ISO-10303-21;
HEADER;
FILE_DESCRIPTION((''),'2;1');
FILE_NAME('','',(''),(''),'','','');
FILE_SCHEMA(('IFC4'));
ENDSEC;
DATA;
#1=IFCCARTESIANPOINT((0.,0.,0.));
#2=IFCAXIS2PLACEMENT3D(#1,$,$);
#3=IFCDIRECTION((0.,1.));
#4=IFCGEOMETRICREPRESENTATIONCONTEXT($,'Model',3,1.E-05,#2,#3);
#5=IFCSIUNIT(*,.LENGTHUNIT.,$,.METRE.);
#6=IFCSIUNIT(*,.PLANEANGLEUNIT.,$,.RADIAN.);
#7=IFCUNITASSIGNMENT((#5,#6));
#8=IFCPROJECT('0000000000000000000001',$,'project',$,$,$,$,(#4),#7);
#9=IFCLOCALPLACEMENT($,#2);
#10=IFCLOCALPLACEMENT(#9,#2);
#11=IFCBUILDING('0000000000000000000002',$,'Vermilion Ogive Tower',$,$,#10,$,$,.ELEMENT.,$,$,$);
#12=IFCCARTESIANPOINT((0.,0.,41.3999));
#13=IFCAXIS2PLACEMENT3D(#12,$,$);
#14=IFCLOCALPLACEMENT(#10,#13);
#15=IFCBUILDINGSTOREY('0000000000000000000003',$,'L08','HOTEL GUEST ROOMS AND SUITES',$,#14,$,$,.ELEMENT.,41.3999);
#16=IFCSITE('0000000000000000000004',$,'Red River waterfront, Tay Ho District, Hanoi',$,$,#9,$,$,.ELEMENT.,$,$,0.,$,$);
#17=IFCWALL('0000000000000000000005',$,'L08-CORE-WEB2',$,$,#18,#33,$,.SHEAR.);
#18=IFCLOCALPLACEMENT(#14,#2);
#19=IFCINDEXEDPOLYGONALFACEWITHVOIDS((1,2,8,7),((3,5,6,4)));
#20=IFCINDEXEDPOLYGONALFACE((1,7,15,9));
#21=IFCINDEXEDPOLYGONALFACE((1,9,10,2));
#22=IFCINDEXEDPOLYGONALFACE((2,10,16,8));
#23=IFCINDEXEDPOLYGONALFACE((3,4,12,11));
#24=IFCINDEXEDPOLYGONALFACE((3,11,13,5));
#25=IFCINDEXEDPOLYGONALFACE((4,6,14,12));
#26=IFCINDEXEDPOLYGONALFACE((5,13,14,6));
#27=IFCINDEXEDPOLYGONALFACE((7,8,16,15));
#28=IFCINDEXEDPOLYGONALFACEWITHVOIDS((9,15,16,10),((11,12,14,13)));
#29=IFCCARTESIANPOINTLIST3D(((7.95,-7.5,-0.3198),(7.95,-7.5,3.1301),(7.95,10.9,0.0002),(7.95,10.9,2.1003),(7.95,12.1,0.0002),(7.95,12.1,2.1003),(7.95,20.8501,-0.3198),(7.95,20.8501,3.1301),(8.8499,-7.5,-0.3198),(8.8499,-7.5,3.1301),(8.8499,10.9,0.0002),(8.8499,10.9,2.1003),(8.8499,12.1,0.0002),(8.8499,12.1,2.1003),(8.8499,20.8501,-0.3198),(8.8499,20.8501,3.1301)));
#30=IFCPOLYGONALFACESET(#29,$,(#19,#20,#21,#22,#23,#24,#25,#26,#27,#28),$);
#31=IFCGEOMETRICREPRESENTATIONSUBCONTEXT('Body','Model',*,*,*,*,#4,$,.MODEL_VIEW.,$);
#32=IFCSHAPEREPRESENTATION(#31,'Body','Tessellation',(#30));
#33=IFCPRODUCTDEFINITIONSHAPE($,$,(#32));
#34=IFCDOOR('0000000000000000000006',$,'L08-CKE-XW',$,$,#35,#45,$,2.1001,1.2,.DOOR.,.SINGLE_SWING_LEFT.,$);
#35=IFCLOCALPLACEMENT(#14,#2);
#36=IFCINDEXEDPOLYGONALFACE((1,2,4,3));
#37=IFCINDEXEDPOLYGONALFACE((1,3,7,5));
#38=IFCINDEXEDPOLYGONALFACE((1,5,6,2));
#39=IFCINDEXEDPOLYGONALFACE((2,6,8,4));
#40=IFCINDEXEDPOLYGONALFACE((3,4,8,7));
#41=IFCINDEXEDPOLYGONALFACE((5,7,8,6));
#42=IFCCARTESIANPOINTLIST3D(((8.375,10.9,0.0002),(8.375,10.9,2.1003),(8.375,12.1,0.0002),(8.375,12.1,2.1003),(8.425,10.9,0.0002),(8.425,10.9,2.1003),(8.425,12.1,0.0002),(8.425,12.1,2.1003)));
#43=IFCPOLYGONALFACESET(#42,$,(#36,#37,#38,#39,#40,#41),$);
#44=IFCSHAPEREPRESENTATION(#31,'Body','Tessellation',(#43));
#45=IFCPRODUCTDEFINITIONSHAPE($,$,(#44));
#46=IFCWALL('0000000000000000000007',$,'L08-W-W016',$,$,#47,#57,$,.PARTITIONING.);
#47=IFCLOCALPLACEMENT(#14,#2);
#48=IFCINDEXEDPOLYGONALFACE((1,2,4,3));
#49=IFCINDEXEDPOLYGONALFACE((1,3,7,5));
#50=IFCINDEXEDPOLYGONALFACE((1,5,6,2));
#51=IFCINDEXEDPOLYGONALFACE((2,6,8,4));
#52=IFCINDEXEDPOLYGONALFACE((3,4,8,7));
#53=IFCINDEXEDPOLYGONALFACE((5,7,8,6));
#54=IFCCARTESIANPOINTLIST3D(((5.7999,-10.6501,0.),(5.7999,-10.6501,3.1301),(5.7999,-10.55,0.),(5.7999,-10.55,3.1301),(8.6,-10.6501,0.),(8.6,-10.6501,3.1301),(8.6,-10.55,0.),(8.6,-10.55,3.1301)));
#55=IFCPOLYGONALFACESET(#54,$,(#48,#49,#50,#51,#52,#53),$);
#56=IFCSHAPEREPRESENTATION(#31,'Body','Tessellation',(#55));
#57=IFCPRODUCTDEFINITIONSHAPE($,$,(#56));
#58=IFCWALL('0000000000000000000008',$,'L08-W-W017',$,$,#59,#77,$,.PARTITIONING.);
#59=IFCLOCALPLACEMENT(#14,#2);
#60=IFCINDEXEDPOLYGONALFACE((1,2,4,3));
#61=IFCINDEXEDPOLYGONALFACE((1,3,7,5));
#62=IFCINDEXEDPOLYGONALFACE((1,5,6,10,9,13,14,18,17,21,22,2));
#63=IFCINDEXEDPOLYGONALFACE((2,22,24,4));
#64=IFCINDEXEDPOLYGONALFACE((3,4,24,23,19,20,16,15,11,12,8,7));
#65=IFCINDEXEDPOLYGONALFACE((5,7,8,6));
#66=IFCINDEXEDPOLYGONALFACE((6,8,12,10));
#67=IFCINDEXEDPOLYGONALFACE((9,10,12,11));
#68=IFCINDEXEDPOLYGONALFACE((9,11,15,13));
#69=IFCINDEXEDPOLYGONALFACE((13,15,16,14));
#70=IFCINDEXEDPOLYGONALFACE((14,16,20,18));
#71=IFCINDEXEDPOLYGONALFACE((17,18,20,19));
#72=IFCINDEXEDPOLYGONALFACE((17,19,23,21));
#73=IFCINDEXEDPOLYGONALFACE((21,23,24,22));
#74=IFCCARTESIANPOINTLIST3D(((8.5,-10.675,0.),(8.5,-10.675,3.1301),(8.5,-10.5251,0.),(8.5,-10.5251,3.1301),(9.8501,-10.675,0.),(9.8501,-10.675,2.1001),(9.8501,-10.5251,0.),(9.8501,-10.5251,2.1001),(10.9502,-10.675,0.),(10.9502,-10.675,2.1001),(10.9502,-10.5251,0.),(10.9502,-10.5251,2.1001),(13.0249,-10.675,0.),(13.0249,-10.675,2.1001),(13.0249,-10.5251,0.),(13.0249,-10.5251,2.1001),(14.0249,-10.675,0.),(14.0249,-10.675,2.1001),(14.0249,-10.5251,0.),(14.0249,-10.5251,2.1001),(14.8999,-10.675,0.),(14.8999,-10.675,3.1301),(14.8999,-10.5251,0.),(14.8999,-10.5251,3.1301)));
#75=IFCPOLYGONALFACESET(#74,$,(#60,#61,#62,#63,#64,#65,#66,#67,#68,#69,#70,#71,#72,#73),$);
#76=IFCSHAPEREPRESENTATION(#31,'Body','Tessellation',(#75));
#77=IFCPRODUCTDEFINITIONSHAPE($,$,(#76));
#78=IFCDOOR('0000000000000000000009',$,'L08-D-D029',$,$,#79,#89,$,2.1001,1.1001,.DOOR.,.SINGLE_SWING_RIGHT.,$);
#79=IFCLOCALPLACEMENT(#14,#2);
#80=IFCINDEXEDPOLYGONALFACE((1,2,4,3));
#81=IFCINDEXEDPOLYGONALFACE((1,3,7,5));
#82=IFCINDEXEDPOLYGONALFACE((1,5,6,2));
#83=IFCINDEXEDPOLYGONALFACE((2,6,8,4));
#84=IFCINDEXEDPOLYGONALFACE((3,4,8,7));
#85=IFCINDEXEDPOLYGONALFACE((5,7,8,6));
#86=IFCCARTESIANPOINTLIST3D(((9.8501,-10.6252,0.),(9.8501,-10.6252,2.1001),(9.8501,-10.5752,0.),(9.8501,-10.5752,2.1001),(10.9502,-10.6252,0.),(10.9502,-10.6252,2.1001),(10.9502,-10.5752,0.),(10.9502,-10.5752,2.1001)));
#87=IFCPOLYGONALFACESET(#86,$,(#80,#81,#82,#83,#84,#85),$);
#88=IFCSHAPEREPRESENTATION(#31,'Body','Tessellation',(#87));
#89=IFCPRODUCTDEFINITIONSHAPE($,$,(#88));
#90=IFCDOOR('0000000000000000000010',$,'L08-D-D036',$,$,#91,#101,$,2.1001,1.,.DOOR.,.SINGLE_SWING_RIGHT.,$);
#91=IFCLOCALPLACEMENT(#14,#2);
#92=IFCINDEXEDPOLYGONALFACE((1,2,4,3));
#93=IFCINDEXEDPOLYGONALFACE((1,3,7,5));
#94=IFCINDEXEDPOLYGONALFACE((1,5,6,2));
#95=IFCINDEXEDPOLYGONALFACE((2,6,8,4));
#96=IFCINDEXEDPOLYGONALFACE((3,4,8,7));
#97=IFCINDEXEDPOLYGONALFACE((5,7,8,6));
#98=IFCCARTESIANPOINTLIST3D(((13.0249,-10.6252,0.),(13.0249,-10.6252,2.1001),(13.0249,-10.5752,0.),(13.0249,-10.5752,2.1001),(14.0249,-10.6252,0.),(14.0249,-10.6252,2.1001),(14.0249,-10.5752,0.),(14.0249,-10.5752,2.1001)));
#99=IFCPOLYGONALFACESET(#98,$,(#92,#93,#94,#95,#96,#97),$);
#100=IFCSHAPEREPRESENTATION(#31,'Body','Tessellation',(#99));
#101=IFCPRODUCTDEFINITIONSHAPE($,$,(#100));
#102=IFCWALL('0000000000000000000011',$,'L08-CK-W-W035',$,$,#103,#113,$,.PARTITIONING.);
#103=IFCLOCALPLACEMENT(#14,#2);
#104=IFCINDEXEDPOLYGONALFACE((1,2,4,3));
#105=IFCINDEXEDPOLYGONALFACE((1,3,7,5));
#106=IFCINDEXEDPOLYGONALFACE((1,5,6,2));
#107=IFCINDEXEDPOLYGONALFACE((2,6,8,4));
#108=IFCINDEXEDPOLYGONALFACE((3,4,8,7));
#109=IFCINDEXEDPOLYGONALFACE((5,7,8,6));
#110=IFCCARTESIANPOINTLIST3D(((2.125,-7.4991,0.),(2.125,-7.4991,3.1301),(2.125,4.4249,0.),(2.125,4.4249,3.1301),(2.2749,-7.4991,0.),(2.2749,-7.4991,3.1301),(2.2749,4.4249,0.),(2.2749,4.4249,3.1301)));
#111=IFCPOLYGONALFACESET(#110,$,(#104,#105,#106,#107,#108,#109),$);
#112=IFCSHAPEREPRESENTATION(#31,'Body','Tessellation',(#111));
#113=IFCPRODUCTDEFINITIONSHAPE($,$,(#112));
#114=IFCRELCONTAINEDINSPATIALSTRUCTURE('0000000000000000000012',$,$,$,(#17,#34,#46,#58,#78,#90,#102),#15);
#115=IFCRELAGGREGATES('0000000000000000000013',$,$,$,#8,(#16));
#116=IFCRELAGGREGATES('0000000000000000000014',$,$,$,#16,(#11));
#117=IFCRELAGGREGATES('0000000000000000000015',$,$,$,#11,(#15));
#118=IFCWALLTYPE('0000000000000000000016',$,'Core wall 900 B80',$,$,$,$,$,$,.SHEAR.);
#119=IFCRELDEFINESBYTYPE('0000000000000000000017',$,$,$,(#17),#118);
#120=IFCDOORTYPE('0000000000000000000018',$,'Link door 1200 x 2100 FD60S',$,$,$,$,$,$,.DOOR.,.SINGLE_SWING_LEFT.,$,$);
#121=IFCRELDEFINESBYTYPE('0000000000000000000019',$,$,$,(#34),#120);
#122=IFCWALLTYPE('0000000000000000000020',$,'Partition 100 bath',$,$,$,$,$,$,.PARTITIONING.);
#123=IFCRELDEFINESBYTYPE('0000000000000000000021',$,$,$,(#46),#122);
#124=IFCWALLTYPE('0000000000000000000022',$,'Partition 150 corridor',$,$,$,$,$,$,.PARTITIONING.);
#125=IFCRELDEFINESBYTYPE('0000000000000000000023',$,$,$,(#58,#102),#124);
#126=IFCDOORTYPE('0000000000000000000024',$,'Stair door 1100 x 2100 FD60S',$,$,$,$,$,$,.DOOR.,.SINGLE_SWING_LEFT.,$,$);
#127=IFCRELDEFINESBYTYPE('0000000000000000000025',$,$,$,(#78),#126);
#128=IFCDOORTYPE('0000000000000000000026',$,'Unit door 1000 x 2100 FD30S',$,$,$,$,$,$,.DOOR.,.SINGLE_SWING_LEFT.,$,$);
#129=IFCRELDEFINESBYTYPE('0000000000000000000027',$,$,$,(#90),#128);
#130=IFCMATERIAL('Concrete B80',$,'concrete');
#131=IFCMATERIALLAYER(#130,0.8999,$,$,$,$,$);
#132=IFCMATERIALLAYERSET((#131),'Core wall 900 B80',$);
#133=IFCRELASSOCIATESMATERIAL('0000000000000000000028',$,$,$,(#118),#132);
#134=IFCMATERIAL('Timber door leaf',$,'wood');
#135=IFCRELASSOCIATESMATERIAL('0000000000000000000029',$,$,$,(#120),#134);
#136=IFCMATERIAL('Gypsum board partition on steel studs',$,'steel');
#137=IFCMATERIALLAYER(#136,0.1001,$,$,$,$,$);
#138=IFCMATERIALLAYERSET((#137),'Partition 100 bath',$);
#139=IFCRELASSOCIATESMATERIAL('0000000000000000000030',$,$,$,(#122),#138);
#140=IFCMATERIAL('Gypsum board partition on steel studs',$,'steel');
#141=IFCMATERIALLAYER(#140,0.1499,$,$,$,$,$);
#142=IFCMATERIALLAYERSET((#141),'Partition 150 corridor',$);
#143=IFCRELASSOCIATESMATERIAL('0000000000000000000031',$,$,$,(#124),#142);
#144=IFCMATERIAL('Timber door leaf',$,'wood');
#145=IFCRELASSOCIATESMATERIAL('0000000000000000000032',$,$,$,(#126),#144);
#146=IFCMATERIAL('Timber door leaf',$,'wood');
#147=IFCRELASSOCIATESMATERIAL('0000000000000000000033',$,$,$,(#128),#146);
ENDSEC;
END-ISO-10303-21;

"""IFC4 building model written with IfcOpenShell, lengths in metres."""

from ifc_helpers import new_model, si_unit, direction, frame, frame_2d, origin, place, context, subcontext, project, spatial, rectangle, extrude, material, layer, layer_set, type_object, element, fill, save


model = new_model("IFC4")

# Units and contexts
model_context = context("Model", 3, precision=1e-05, world=origin(), true_north=direction((0.0, 1.0)))
body_context = subcontext(model_context, "Body", "Model", "MODEL_VIEW")
ifc_project = project(units=[si_unit("LENGTHUNIT", "METRE"), si_unit("PLANEANGLEUNIT", "RADIAN")], contexts=[model_context])

# Site, building, storey
site_placement = place(None, origin())
site = spatial("IfcSite", under=ifc_project, at=site_placement, Name="Red River waterfront, Tay Ho District, Hanoi", CompositionType="ELEMENT", RefElevation=0.0)
building_placement = place(site_placement, origin())
building = spatial("IfcBuilding", under=site, at=building_placement, Name="Vermilion Ogive Tower", CompositionType="ELEMENT")
storey_placement = place(building_placement, frame((0.0, 0.0, 41.3999)))
storey = spatial("IfcBuildingStorey", under=building, at=storey_placement, Name="L08", Description="HOTEL GUEST ROOMS AND SUITES", CompositionType="ELEMENT", Elevation=41.3999)

# Shared definitions
ifc_material_1 = material(Name="Concrete B80", Category="concrete")
ifc_layer_1 = layer(ifc_material_1, 0.8999)
ifc_layer_set_1 = layer_set([ifc_layer_1], Name="Core wall 900 B80")
wall_type_1 = type_object("IfcWallType", Name="Core wall 900 B80", PredefinedType="SHEAR", material=ifc_layer_set_1)
ifc_material_2 = material(Name="Timber door leaf", Category="wood")
door_type_1 = type_object("IfcDoorType", Name="Link door 1200 x 2100 FD60S", OperationType="SINGLE_SWING_LEFT", PredefinedType="DOOR", material=ifc_material_2)

# Wall, opening, door
wall_1_placement = place(storey_placement, frame((8.3999, -7.5, -0.3198), z_axis=(0.0, 0.0, 1.0), x_axis=(0.0, 1.0, 0.0)))
wall_1 = element("IfcWall", 1, at=wall_1_placement, inside=storey, type_object=wall_type_1, Name="L08-CORE-WEB2", PredefinedType="SHEAR", context=body_context, shape_type="SweptSolid", body=[
    extrude(rectangle(XDim=28.3501, YDim=0.8999, at=frame_2d((14.175, 0.0))), origin(), (0.0, 0.0, 1.0), 3.45),
])
opening_1_placement = place(wall_1_placement, frame((18.3999, 0.0, 0.3201)))
opening_1 = element("IfcOpeningElement", 2, at=opening_1_placement, cuts=wall_1, PredefinedType="OPENING", context=body_context, shape_type="SweptSolid", body=[
    extrude(rectangle(XDim=1.2, YDim=2.1001, at=frame_2d((0.6001, 1.05))), frame((0.0, 0.46, 0.0), z_axis=(0.0, -1.0, 0.0), x_axis=(1.0, 0.0, 0.0)), (0.0, 0.0, 1.0), 0.9199),
])
door_1_placement = place(opening_1_placement, origin())
door_1 = element("IfcDoor", 3, at=door_1_placement, inside=storey, type_object=door_type_1, Name="L08-CKE-XW", OperationType="SINGLE_SWING_LEFT", OverallHeight=2.1001, OverallWidth=1.2, PredefinedType="DOOR", context=body_context, shape_type="SweptSolid", body=[
    extrude(rectangle(XDim=1.2, YDim=2.1001, at=frame_2d((0.6001, 1.05))), frame((0.0, 0.0249, 0.0), z_axis=(0.0, -1.0, 0.0), x_axis=(1.0, 0.0, 0.0)), (0.0, 0.0, 1.0), 0.05),
])
fill(opening_1, door_1)

# Wall
ifc_material_3 = material(Name="Gypsum board partition on steel studs", Category="steel")
ifc_layer_2 = layer(ifc_material_3, 0.1001)
ifc_layer_set_2 = layer_set([ifc_layer_2], Name="Partition 100 bath")
wall_type_2 = type_object("IfcWallType", Name="Partition 100 bath", PredefinedType="PARTITIONING", material=ifc_layer_set_2)
wall_2_placement = place(storey_placement, frame((5.8, -10.6001, 0.0), z_axis=(0.0, 0.0, 1.0), x_axis=(1.0, 0.0, 0.0)))
element("IfcWall", 4, at=wall_2_placement, inside=storey, type_object=wall_type_2, Name="L08-W-W016", PredefinedType="PARTITIONING", context=body_context, shape_type="SweptSolid", body=[
    extrude(rectangle(XDim=2.8, YDim=0.1001, at=frame_2d((1.3999, 0.0))), origin(), (0.0, 0.0, 1.0), 3.1301),
])

# Wall, openings, doors
ifc_material_4 = material(Name="Gypsum board partition on steel studs", Category="steel")
ifc_layer_3 = layer(ifc_material_4, 0.1499)
ifc_layer_set_3 = layer_set([ifc_layer_3], Name="Partition 150 corridor")
wall_type_3 = type_object("IfcWallType", Name="Partition 150 corridor", PredefinedType="PARTITIONING", material=ifc_layer_set_3)
wall_3_placement = place(storey_placement, frame((8.5, -10.6001, 0.0), z_axis=(0.0, 0.0, 1.0), x_axis=(1.0, 0.0, 0.0)))
wall_3 = element("IfcWall", 5, at=wall_3_placement, inside=storey, type_object=wall_type_3, Name="L08-W-W017", PredefinedType="PARTITIONING", context=body_context, shape_type="SweptSolid", body=[
    extrude(rectangle(XDim=6.3999, YDim=0.1499, at=frame_2d((3.2, 0.0))), origin(), (0.0, 0.0, 1.0), 3.1301),
])
opening_2_placement = place(wall_3_placement, frame((1.3501, 0.0, 0.0)))
opening_2 = element("IfcOpeningElement", 6, at=opening_2_placement, cuts=wall_3, PredefinedType="OPENING", context=body_context, shape_type="SweptSolid", body=[
    extrude(rectangle(XDim=1.1001, YDim=2.1001, at=frame_2d((0.55, 1.05))), frame((0.0, 0.085, 0.0), z_axis=(0.0, -1.0, 0.0), x_axis=(1.0, 0.0, 0.0)), (0.0, 0.0, 1.0), 0.1699),
])
opening_3_placement = place(wall_3_placement, frame((4.5249, 0.0, 0.0)))
opening_3 = element("IfcOpeningElement", 7, at=opening_3_placement, cuts=wall_3, PredefinedType="OPENING", context=body_context, shape_type="SweptSolid", body=[
    extrude(rectangle(XDim=1.0, YDim=2.1001, at=frame_2d((0.5, 1.05))), frame((0.0, 0.085, 0.0), z_axis=(0.0, -1.0, 0.0), x_axis=(1.0, 0.0, 0.0)), (0.0, 0.0, 1.0), 0.1699),
])
ifc_material_5 = material(Name="Timber door leaf", Category="wood")
door_type_2 = type_object("IfcDoorType", Name="Stair door 1100 x 2100 FD60S", OperationType="SINGLE_SWING_LEFT", PredefinedType="DOOR", material=ifc_material_5)
door_2_placement = place(opening_2_placement, origin())
door_2 = element("IfcDoor", 8, at=door_2_placement, inside=storey, type_object=door_type_2, Name="L08-D-D029", OperationType="SINGLE_SWING_RIGHT", OverallHeight=2.1001, OverallWidth=1.1001, PredefinedType="DOOR", context=body_context, shape_type="SweptSolid", body=[
    extrude(rectangle(XDim=1.1001, YDim=2.1001, at=frame_2d((0.55, 1.05))), frame((0.0, 0.0249, 0.0), z_axis=(0.0, -1.0, 0.0), x_axis=(1.0, 0.0, 0.0)), (0.0, 0.0, 1.0), 0.05),
])
fill(opening_2, door_2)
ifc_material_6 = material(Name="Timber door leaf", Category="wood")
door_type_3 = type_object("IfcDoorType", Name="Unit door 1000 x 2100 FD30S", OperationType="SINGLE_SWING_LEFT", PredefinedType="DOOR", material=ifc_material_6)
door_3_placement = place(opening_3_placement, origin())
door_3 = element("IfcDoor", 9, at=door_3_placement, inside=storey, type_object=door_type_3, Name="L08-D-D036", OperationType="SINGLE_SWING_RIGHT", OverallHeight=2.1001, OverallWidth=1.0, PredefinedType="DOOR", context=body_context, shape_type="SweptSolid", body=[
    extrude(rectangle(XDim=1.0, YDim=2.1001, at=frame_2d((0.5, 1.05))), frame((0.0, 0.0249, 0.0), z_axis=(0.0, -1.0, 0.0), x_axis=(1.0, 0.0, 0.0)), (0.0, 0.0, 1.0), 0.05),
])
fill(opening_3, door_3)

# Wall
wall_4_placement = place(storey_placement, frame((2.2, -7.499, 0.0), z_axis=(0.0, 0.0, 1.0), x_axis=(0.0, 1.0, 0.0)))
element("IfcWall", 10, at=wall_4_placement, inside=storey, type_object=wall_type_3, Name="L08-CK-W-W035", PredefinedType="PARTITIONING", context=body_context, shape_type="SweptSolid", body=[
    extrude(rectangle(XDim=11.9241, YDim=0.1499, at=frame_2d((5.9619, 0.0))), origin(), (0.0, 0.0, 1.0), 3.1301),
])

save(model, "model.ifc")
